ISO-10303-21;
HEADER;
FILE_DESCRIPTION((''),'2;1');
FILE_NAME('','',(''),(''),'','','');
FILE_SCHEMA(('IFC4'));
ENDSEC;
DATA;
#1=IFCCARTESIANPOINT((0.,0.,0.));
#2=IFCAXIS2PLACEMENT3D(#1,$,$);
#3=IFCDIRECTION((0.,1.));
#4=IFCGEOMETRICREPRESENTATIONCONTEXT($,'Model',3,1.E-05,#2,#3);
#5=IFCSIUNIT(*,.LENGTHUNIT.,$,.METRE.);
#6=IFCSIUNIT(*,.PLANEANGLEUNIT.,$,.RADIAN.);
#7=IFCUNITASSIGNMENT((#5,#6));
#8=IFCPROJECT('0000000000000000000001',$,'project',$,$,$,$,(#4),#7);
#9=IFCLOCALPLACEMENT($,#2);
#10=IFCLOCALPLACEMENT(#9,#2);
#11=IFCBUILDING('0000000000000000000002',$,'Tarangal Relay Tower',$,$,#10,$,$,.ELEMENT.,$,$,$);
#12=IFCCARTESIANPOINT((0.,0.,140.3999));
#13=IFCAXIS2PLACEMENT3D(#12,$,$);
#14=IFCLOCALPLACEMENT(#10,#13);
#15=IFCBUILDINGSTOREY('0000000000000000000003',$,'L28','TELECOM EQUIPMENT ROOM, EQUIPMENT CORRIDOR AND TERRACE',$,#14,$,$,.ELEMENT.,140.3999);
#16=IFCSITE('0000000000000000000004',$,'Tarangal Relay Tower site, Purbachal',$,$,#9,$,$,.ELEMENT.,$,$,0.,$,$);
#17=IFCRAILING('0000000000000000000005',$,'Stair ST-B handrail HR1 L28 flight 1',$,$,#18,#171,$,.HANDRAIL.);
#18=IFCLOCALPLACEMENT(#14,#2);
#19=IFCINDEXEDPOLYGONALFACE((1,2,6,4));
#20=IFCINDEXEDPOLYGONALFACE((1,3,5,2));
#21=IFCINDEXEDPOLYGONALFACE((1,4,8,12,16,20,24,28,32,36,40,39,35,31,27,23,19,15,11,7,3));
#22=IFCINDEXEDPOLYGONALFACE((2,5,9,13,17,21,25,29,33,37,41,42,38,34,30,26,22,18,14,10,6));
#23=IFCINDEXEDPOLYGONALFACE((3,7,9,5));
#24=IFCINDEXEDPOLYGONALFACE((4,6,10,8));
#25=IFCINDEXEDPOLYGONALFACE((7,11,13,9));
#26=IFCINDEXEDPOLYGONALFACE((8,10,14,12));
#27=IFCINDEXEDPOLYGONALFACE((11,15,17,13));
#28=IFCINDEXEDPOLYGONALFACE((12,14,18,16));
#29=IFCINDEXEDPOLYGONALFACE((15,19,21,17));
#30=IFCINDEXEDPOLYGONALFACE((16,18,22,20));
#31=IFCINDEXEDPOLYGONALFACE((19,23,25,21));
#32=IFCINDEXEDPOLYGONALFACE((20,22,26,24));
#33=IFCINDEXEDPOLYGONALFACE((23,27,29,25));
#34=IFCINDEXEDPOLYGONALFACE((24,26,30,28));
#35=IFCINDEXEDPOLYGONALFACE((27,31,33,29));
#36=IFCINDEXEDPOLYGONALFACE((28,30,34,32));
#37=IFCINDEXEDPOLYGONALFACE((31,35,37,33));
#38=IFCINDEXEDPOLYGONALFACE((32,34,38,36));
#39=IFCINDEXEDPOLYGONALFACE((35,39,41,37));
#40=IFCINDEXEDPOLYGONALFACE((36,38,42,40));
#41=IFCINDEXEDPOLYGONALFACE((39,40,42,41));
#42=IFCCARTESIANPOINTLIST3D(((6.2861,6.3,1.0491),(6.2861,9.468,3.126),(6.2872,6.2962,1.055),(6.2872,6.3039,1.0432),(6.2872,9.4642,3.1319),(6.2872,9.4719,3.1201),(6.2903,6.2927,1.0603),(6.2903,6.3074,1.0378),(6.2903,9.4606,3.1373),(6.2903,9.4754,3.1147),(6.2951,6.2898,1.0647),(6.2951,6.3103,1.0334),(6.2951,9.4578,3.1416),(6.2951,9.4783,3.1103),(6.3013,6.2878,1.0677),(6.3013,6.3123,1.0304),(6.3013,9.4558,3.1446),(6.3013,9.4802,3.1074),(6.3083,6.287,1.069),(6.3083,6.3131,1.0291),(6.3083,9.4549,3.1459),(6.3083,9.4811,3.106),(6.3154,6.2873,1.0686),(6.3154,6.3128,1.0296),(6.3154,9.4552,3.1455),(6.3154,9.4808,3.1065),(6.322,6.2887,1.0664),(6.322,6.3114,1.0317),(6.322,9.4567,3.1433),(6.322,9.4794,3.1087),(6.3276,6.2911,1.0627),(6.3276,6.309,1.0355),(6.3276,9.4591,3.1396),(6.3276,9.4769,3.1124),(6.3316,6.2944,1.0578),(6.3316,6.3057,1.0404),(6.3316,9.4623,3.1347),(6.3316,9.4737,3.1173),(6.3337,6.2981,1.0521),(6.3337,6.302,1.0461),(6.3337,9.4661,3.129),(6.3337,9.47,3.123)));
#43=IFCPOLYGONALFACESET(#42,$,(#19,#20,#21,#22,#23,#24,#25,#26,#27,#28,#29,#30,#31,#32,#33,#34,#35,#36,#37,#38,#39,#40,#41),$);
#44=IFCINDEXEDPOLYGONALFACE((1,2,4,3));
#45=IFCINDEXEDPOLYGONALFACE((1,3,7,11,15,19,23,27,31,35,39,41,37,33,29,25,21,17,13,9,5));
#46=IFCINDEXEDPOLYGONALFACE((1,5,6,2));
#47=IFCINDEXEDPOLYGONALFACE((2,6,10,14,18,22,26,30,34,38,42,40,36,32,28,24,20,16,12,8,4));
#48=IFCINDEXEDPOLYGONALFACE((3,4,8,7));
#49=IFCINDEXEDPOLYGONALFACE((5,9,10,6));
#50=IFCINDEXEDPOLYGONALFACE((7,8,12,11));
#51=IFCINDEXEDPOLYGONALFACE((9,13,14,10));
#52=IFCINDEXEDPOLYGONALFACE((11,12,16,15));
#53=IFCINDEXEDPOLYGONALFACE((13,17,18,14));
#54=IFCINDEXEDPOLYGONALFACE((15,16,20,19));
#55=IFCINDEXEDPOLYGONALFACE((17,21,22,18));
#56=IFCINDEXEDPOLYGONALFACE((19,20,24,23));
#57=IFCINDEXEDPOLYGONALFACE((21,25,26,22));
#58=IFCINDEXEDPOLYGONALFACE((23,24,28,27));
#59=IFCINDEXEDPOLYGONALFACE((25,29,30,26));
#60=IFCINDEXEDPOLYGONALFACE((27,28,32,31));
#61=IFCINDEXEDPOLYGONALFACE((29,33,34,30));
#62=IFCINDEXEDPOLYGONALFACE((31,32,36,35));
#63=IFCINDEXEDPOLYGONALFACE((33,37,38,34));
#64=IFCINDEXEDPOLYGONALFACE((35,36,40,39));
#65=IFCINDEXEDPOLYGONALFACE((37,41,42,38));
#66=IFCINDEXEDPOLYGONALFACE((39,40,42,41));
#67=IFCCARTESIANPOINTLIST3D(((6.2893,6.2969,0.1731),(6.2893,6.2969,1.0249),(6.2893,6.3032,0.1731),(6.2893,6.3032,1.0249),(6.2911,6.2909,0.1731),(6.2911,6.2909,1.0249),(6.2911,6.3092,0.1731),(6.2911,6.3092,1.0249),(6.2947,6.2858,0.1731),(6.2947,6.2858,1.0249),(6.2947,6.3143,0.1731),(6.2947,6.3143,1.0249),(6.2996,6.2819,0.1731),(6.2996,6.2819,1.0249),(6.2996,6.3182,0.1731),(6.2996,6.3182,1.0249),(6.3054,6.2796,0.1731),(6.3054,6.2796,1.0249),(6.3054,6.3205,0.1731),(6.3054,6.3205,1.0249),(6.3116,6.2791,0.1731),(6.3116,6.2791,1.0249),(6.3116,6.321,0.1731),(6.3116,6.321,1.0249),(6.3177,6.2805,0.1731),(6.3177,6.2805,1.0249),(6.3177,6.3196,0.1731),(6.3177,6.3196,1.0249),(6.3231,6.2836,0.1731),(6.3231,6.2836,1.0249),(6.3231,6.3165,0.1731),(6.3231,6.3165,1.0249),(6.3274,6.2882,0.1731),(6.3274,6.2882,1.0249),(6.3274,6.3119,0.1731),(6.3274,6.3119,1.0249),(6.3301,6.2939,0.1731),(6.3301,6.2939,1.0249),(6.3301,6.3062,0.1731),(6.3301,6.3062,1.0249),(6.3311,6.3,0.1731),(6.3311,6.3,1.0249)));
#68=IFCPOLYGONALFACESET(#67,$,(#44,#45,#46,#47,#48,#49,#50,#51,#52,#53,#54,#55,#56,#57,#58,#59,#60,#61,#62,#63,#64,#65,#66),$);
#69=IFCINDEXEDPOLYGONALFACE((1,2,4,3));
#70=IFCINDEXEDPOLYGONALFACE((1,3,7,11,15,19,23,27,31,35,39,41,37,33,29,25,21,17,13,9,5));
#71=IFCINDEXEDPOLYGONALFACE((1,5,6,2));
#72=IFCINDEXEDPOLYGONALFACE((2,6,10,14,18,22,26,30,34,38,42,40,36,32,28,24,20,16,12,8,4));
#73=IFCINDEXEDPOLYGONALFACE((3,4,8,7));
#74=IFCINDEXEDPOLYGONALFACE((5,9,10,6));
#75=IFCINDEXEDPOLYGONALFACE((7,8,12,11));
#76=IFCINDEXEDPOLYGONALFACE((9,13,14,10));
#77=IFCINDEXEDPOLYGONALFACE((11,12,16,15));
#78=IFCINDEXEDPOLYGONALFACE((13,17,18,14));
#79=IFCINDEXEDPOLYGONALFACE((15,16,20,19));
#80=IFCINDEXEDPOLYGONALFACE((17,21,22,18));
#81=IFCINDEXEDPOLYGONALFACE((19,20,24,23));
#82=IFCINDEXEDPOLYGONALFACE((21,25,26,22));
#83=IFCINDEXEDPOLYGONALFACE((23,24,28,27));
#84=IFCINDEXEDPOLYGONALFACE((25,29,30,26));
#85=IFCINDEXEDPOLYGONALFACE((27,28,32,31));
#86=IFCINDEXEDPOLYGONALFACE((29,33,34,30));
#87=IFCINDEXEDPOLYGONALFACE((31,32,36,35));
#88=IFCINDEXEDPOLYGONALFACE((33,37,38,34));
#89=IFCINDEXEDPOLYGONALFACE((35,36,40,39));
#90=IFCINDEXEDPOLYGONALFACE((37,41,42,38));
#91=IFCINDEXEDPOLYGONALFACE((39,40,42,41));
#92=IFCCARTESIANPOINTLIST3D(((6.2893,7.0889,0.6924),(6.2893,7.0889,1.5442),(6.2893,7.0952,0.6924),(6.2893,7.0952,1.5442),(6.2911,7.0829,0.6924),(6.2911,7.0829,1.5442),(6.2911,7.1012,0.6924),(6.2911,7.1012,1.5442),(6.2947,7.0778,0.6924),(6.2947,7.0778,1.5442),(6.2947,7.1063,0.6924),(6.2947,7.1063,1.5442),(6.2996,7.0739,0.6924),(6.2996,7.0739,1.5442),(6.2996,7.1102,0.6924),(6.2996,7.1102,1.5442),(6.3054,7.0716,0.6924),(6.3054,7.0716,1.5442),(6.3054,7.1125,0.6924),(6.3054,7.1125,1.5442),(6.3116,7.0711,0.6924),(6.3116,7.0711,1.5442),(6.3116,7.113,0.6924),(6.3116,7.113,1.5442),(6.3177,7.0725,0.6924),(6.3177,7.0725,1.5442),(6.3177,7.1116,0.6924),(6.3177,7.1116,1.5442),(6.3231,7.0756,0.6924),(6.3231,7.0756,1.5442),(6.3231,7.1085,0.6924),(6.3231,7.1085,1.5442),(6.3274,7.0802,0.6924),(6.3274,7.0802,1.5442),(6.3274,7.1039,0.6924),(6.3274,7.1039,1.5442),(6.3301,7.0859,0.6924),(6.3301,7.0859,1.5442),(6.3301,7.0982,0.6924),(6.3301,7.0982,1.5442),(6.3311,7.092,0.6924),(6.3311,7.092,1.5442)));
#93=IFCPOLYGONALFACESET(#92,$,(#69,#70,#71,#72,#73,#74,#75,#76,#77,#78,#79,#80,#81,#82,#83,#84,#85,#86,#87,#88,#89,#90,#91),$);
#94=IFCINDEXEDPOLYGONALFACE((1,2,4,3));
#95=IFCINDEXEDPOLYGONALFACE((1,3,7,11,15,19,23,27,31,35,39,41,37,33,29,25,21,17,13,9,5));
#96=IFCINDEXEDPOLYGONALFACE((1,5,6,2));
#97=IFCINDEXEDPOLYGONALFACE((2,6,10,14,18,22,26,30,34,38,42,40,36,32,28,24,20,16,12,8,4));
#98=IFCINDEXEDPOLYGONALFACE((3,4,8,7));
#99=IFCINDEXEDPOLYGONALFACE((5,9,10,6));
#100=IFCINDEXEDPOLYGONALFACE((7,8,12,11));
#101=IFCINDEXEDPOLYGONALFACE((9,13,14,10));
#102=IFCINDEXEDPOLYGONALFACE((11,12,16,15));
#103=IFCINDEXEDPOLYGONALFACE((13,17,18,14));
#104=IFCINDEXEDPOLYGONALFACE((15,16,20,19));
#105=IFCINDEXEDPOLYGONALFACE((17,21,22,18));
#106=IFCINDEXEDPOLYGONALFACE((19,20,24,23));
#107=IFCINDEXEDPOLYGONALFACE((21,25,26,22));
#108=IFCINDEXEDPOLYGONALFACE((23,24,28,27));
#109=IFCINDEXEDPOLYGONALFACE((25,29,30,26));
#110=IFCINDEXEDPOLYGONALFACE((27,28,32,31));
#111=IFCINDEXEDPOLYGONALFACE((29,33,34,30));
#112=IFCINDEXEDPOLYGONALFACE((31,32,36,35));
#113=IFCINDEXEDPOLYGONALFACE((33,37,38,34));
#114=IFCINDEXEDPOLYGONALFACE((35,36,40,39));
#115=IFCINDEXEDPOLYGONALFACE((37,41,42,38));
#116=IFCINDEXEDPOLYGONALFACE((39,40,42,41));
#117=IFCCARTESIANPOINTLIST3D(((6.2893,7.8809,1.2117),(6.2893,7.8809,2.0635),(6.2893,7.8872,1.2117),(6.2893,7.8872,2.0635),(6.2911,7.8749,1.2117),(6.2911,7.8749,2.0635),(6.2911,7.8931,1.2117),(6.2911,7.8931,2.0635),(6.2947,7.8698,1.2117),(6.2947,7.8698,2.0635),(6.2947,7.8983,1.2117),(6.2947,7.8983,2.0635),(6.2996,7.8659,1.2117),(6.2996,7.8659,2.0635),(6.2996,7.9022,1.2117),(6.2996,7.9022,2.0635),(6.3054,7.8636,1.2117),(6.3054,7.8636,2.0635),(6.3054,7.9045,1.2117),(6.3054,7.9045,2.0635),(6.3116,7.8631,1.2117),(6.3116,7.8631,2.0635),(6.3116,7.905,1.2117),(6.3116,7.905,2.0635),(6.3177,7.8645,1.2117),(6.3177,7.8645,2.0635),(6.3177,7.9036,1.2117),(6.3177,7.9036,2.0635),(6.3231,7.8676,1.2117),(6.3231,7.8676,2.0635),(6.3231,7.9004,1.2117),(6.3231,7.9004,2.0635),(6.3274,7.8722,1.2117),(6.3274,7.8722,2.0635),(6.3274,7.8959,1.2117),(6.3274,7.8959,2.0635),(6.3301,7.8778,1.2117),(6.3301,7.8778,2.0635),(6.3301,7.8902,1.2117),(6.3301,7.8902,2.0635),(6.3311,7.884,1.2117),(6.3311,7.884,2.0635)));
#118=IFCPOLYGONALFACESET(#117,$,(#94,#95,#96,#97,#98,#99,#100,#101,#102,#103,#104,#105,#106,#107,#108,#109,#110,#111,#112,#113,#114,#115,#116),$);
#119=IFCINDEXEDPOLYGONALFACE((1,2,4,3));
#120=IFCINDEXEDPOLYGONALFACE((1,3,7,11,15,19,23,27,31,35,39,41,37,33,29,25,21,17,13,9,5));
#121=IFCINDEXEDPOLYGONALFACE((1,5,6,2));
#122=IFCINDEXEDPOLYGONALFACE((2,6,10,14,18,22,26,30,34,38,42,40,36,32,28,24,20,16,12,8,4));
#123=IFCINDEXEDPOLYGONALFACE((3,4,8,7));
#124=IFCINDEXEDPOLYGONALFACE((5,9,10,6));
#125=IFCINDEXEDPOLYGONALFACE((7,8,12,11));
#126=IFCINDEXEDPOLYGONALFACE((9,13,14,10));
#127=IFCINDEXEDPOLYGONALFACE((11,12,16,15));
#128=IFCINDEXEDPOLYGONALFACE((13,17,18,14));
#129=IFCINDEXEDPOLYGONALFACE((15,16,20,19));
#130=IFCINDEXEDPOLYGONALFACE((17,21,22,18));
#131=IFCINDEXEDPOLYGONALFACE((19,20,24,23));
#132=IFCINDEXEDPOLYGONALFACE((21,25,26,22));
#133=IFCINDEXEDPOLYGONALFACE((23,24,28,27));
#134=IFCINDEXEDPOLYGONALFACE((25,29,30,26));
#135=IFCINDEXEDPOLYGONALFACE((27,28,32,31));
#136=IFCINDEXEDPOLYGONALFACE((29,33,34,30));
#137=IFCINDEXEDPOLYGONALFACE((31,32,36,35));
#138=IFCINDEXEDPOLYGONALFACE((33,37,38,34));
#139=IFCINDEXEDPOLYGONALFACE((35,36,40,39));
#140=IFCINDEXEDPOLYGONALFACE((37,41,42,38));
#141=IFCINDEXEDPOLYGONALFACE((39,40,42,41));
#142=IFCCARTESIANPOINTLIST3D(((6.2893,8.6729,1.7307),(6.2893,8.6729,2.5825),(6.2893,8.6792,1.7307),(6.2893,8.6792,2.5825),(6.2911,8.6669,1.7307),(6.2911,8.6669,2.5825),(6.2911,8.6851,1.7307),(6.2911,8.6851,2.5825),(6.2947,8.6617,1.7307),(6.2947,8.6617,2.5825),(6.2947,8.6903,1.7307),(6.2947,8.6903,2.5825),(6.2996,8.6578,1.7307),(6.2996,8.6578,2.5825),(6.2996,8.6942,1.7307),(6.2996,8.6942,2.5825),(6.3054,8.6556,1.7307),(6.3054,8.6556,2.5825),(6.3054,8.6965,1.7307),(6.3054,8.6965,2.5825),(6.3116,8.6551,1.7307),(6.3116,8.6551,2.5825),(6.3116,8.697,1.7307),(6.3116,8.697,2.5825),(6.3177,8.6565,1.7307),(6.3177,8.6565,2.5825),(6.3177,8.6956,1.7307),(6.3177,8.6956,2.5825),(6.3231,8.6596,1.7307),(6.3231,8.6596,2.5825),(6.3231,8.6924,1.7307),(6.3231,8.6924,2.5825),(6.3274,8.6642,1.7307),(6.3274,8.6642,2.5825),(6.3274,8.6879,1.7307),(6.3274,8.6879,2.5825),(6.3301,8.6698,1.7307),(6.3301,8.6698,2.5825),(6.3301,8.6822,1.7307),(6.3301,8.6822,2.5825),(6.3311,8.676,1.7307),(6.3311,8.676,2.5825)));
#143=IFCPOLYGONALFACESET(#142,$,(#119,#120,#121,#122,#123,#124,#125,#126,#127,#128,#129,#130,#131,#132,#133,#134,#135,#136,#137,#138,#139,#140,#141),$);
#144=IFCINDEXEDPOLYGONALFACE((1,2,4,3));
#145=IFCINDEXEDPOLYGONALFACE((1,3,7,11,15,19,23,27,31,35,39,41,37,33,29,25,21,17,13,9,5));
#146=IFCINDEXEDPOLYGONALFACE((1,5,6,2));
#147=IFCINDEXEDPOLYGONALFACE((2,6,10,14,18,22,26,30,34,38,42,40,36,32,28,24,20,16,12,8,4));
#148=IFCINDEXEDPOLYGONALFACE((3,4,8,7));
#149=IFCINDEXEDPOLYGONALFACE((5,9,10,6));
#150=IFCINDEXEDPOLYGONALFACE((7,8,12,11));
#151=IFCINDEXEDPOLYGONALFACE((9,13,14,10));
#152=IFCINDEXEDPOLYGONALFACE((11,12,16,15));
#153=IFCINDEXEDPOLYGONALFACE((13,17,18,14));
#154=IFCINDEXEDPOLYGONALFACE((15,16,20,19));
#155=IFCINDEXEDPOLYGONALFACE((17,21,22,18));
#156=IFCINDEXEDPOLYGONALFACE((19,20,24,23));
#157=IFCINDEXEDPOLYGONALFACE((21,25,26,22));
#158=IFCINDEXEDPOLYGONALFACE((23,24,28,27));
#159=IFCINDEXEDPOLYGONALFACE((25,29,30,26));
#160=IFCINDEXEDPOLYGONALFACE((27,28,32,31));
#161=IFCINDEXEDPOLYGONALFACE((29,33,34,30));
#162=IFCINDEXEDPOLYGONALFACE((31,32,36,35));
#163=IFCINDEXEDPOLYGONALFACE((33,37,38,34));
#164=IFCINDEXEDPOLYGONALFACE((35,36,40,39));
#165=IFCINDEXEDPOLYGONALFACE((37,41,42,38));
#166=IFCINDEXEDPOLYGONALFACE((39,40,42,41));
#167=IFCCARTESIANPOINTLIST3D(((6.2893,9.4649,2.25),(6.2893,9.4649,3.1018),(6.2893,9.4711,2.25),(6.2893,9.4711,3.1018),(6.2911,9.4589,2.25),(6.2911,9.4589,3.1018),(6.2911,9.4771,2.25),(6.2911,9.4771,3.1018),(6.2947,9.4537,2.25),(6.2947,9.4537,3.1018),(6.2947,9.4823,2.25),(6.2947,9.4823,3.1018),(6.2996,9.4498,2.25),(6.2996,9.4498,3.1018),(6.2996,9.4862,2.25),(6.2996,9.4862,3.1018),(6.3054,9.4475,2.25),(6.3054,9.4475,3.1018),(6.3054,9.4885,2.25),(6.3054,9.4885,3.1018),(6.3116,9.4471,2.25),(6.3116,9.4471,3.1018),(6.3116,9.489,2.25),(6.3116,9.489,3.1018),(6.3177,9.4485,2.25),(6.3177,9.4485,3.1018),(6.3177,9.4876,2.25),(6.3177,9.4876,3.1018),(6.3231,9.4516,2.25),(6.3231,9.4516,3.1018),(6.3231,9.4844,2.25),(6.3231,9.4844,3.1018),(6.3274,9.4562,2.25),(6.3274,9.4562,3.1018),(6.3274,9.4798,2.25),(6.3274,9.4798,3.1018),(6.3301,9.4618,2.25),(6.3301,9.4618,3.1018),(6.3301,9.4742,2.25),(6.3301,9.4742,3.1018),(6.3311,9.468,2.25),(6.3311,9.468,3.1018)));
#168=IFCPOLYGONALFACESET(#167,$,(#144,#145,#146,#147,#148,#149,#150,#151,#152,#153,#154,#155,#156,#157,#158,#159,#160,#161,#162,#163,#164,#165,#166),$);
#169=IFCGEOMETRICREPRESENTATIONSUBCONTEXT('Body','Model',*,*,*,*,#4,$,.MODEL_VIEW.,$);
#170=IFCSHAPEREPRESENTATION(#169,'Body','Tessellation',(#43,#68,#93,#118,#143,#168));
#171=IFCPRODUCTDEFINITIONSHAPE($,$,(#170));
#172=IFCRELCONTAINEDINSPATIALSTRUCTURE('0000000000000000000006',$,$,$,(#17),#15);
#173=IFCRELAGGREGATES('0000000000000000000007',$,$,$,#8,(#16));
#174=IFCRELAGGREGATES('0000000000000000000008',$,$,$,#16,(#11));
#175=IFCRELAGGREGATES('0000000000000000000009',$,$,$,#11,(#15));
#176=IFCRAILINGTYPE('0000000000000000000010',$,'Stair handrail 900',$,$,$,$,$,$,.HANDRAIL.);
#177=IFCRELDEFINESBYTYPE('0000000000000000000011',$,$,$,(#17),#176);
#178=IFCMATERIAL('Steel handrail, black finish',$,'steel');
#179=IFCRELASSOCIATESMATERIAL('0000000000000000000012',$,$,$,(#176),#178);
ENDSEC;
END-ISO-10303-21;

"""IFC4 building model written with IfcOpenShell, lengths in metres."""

from ifc_helpers import new_model, si_unit, direction, frame, origin, origin_2d, place, context, subcontext, project, spatial, circle, extrude, material, type_object, element, save


model = new_model("IFC4")

# Units and contexts
model_context = context("Model", 3, precision=1e-05, world=origin(), true_north=direction((0.0, 1.0)))
body_context = subcontext(model_context, "Body", "Model", "MODEL_VIEW")
ifc_project = project(units=[si_unit("LENGTHUNIT", "METRE"), si_unit("PLANEANGLEUNIT", "RADIAN")], contexts=[model_context])

# Site, building, storey
site_placement = place(None, origin())
site = spatial("IfcSite", under=ifc_project, at=site_placement, Name="Tarangal Relay Tower site, Purbachal", CompositionType="ELEMENT", RefElevation=0.0)
building_placement = place(site_placement, origin())
building = spatial("IfcBuilding", under=site, at=building_placement, Name="Tarangal Relay Tower", CompositionType="ELEMENT")
storey_placement = place(building_placement, frame((0.0, 0.0, 140.3999)))
storey = spatial("IfcBuildingStorey", under=building, at=storey_placement, Name="L28", Description="TELECOM EQUIPMENT ROOM, EQUIPMENT CORRIDOR AND TERRACE", CompositionType="ELEMENT", Elevation=140.3999)

# Railing
ifc_material_1 = material(Name="Steel handrail, black finish", Category="steel")
railing_type_1 = type_object("IfcRailingType", Name="Stair handrail 900", PredefinedType="HANDRAIL", material=ifc_material_1)
railing_1_placement = place(storey_placement, frame((6.3101, 6.3, 0.1731)))
element("IfcRailing", 1, at=railing_1_placement, inside=storey, type_object=railing_type_1, Name="Stair ST-B handrail HR1 L28 flight 1", PredefinedType="HANDRAIL", context=body_context, shape_type="SweptSolid", body=[
    extrude(circle(Radius=0.0239, at=origin_2d()), frame((0.0, 0.0, 0.876), z_axis=(0.0, 0.836299, 0.548273), x_axis=(-1.0, 0.0, 0.0)), (0.0, 0.0, 1.0), 3.7881),
    extrude(circle(Radius=0.021, at=origin_2d()), origin(), (0.0, 0.0, 1.0), 0.8518),
    extrude(circle(Radius=0.021, at=origin_2d()), frame((0.0, 0.792, 0.5193)), (0.0, 0.0, 1.0), 0.8518),
    extrude(circle(Radius=0.021, at=origin_2d()), frame((0.0, 1.584, 1.0386)), (0.0, 0.0, 1.0), 0.8518),
    extrude(circle(Radius=0.021, at=origin_2d()), frame((0.0, 2.376, 1.5576)), (0.0, 0.0, 1.0), 0.8518),
    extrude(circle(Radius=0.021, at=origin_2d()), frame((0.0, 3.168, 2.0769)), (0.0, 0.0, 1.0), 0.8518),
])

save(model, "model.ifc")
